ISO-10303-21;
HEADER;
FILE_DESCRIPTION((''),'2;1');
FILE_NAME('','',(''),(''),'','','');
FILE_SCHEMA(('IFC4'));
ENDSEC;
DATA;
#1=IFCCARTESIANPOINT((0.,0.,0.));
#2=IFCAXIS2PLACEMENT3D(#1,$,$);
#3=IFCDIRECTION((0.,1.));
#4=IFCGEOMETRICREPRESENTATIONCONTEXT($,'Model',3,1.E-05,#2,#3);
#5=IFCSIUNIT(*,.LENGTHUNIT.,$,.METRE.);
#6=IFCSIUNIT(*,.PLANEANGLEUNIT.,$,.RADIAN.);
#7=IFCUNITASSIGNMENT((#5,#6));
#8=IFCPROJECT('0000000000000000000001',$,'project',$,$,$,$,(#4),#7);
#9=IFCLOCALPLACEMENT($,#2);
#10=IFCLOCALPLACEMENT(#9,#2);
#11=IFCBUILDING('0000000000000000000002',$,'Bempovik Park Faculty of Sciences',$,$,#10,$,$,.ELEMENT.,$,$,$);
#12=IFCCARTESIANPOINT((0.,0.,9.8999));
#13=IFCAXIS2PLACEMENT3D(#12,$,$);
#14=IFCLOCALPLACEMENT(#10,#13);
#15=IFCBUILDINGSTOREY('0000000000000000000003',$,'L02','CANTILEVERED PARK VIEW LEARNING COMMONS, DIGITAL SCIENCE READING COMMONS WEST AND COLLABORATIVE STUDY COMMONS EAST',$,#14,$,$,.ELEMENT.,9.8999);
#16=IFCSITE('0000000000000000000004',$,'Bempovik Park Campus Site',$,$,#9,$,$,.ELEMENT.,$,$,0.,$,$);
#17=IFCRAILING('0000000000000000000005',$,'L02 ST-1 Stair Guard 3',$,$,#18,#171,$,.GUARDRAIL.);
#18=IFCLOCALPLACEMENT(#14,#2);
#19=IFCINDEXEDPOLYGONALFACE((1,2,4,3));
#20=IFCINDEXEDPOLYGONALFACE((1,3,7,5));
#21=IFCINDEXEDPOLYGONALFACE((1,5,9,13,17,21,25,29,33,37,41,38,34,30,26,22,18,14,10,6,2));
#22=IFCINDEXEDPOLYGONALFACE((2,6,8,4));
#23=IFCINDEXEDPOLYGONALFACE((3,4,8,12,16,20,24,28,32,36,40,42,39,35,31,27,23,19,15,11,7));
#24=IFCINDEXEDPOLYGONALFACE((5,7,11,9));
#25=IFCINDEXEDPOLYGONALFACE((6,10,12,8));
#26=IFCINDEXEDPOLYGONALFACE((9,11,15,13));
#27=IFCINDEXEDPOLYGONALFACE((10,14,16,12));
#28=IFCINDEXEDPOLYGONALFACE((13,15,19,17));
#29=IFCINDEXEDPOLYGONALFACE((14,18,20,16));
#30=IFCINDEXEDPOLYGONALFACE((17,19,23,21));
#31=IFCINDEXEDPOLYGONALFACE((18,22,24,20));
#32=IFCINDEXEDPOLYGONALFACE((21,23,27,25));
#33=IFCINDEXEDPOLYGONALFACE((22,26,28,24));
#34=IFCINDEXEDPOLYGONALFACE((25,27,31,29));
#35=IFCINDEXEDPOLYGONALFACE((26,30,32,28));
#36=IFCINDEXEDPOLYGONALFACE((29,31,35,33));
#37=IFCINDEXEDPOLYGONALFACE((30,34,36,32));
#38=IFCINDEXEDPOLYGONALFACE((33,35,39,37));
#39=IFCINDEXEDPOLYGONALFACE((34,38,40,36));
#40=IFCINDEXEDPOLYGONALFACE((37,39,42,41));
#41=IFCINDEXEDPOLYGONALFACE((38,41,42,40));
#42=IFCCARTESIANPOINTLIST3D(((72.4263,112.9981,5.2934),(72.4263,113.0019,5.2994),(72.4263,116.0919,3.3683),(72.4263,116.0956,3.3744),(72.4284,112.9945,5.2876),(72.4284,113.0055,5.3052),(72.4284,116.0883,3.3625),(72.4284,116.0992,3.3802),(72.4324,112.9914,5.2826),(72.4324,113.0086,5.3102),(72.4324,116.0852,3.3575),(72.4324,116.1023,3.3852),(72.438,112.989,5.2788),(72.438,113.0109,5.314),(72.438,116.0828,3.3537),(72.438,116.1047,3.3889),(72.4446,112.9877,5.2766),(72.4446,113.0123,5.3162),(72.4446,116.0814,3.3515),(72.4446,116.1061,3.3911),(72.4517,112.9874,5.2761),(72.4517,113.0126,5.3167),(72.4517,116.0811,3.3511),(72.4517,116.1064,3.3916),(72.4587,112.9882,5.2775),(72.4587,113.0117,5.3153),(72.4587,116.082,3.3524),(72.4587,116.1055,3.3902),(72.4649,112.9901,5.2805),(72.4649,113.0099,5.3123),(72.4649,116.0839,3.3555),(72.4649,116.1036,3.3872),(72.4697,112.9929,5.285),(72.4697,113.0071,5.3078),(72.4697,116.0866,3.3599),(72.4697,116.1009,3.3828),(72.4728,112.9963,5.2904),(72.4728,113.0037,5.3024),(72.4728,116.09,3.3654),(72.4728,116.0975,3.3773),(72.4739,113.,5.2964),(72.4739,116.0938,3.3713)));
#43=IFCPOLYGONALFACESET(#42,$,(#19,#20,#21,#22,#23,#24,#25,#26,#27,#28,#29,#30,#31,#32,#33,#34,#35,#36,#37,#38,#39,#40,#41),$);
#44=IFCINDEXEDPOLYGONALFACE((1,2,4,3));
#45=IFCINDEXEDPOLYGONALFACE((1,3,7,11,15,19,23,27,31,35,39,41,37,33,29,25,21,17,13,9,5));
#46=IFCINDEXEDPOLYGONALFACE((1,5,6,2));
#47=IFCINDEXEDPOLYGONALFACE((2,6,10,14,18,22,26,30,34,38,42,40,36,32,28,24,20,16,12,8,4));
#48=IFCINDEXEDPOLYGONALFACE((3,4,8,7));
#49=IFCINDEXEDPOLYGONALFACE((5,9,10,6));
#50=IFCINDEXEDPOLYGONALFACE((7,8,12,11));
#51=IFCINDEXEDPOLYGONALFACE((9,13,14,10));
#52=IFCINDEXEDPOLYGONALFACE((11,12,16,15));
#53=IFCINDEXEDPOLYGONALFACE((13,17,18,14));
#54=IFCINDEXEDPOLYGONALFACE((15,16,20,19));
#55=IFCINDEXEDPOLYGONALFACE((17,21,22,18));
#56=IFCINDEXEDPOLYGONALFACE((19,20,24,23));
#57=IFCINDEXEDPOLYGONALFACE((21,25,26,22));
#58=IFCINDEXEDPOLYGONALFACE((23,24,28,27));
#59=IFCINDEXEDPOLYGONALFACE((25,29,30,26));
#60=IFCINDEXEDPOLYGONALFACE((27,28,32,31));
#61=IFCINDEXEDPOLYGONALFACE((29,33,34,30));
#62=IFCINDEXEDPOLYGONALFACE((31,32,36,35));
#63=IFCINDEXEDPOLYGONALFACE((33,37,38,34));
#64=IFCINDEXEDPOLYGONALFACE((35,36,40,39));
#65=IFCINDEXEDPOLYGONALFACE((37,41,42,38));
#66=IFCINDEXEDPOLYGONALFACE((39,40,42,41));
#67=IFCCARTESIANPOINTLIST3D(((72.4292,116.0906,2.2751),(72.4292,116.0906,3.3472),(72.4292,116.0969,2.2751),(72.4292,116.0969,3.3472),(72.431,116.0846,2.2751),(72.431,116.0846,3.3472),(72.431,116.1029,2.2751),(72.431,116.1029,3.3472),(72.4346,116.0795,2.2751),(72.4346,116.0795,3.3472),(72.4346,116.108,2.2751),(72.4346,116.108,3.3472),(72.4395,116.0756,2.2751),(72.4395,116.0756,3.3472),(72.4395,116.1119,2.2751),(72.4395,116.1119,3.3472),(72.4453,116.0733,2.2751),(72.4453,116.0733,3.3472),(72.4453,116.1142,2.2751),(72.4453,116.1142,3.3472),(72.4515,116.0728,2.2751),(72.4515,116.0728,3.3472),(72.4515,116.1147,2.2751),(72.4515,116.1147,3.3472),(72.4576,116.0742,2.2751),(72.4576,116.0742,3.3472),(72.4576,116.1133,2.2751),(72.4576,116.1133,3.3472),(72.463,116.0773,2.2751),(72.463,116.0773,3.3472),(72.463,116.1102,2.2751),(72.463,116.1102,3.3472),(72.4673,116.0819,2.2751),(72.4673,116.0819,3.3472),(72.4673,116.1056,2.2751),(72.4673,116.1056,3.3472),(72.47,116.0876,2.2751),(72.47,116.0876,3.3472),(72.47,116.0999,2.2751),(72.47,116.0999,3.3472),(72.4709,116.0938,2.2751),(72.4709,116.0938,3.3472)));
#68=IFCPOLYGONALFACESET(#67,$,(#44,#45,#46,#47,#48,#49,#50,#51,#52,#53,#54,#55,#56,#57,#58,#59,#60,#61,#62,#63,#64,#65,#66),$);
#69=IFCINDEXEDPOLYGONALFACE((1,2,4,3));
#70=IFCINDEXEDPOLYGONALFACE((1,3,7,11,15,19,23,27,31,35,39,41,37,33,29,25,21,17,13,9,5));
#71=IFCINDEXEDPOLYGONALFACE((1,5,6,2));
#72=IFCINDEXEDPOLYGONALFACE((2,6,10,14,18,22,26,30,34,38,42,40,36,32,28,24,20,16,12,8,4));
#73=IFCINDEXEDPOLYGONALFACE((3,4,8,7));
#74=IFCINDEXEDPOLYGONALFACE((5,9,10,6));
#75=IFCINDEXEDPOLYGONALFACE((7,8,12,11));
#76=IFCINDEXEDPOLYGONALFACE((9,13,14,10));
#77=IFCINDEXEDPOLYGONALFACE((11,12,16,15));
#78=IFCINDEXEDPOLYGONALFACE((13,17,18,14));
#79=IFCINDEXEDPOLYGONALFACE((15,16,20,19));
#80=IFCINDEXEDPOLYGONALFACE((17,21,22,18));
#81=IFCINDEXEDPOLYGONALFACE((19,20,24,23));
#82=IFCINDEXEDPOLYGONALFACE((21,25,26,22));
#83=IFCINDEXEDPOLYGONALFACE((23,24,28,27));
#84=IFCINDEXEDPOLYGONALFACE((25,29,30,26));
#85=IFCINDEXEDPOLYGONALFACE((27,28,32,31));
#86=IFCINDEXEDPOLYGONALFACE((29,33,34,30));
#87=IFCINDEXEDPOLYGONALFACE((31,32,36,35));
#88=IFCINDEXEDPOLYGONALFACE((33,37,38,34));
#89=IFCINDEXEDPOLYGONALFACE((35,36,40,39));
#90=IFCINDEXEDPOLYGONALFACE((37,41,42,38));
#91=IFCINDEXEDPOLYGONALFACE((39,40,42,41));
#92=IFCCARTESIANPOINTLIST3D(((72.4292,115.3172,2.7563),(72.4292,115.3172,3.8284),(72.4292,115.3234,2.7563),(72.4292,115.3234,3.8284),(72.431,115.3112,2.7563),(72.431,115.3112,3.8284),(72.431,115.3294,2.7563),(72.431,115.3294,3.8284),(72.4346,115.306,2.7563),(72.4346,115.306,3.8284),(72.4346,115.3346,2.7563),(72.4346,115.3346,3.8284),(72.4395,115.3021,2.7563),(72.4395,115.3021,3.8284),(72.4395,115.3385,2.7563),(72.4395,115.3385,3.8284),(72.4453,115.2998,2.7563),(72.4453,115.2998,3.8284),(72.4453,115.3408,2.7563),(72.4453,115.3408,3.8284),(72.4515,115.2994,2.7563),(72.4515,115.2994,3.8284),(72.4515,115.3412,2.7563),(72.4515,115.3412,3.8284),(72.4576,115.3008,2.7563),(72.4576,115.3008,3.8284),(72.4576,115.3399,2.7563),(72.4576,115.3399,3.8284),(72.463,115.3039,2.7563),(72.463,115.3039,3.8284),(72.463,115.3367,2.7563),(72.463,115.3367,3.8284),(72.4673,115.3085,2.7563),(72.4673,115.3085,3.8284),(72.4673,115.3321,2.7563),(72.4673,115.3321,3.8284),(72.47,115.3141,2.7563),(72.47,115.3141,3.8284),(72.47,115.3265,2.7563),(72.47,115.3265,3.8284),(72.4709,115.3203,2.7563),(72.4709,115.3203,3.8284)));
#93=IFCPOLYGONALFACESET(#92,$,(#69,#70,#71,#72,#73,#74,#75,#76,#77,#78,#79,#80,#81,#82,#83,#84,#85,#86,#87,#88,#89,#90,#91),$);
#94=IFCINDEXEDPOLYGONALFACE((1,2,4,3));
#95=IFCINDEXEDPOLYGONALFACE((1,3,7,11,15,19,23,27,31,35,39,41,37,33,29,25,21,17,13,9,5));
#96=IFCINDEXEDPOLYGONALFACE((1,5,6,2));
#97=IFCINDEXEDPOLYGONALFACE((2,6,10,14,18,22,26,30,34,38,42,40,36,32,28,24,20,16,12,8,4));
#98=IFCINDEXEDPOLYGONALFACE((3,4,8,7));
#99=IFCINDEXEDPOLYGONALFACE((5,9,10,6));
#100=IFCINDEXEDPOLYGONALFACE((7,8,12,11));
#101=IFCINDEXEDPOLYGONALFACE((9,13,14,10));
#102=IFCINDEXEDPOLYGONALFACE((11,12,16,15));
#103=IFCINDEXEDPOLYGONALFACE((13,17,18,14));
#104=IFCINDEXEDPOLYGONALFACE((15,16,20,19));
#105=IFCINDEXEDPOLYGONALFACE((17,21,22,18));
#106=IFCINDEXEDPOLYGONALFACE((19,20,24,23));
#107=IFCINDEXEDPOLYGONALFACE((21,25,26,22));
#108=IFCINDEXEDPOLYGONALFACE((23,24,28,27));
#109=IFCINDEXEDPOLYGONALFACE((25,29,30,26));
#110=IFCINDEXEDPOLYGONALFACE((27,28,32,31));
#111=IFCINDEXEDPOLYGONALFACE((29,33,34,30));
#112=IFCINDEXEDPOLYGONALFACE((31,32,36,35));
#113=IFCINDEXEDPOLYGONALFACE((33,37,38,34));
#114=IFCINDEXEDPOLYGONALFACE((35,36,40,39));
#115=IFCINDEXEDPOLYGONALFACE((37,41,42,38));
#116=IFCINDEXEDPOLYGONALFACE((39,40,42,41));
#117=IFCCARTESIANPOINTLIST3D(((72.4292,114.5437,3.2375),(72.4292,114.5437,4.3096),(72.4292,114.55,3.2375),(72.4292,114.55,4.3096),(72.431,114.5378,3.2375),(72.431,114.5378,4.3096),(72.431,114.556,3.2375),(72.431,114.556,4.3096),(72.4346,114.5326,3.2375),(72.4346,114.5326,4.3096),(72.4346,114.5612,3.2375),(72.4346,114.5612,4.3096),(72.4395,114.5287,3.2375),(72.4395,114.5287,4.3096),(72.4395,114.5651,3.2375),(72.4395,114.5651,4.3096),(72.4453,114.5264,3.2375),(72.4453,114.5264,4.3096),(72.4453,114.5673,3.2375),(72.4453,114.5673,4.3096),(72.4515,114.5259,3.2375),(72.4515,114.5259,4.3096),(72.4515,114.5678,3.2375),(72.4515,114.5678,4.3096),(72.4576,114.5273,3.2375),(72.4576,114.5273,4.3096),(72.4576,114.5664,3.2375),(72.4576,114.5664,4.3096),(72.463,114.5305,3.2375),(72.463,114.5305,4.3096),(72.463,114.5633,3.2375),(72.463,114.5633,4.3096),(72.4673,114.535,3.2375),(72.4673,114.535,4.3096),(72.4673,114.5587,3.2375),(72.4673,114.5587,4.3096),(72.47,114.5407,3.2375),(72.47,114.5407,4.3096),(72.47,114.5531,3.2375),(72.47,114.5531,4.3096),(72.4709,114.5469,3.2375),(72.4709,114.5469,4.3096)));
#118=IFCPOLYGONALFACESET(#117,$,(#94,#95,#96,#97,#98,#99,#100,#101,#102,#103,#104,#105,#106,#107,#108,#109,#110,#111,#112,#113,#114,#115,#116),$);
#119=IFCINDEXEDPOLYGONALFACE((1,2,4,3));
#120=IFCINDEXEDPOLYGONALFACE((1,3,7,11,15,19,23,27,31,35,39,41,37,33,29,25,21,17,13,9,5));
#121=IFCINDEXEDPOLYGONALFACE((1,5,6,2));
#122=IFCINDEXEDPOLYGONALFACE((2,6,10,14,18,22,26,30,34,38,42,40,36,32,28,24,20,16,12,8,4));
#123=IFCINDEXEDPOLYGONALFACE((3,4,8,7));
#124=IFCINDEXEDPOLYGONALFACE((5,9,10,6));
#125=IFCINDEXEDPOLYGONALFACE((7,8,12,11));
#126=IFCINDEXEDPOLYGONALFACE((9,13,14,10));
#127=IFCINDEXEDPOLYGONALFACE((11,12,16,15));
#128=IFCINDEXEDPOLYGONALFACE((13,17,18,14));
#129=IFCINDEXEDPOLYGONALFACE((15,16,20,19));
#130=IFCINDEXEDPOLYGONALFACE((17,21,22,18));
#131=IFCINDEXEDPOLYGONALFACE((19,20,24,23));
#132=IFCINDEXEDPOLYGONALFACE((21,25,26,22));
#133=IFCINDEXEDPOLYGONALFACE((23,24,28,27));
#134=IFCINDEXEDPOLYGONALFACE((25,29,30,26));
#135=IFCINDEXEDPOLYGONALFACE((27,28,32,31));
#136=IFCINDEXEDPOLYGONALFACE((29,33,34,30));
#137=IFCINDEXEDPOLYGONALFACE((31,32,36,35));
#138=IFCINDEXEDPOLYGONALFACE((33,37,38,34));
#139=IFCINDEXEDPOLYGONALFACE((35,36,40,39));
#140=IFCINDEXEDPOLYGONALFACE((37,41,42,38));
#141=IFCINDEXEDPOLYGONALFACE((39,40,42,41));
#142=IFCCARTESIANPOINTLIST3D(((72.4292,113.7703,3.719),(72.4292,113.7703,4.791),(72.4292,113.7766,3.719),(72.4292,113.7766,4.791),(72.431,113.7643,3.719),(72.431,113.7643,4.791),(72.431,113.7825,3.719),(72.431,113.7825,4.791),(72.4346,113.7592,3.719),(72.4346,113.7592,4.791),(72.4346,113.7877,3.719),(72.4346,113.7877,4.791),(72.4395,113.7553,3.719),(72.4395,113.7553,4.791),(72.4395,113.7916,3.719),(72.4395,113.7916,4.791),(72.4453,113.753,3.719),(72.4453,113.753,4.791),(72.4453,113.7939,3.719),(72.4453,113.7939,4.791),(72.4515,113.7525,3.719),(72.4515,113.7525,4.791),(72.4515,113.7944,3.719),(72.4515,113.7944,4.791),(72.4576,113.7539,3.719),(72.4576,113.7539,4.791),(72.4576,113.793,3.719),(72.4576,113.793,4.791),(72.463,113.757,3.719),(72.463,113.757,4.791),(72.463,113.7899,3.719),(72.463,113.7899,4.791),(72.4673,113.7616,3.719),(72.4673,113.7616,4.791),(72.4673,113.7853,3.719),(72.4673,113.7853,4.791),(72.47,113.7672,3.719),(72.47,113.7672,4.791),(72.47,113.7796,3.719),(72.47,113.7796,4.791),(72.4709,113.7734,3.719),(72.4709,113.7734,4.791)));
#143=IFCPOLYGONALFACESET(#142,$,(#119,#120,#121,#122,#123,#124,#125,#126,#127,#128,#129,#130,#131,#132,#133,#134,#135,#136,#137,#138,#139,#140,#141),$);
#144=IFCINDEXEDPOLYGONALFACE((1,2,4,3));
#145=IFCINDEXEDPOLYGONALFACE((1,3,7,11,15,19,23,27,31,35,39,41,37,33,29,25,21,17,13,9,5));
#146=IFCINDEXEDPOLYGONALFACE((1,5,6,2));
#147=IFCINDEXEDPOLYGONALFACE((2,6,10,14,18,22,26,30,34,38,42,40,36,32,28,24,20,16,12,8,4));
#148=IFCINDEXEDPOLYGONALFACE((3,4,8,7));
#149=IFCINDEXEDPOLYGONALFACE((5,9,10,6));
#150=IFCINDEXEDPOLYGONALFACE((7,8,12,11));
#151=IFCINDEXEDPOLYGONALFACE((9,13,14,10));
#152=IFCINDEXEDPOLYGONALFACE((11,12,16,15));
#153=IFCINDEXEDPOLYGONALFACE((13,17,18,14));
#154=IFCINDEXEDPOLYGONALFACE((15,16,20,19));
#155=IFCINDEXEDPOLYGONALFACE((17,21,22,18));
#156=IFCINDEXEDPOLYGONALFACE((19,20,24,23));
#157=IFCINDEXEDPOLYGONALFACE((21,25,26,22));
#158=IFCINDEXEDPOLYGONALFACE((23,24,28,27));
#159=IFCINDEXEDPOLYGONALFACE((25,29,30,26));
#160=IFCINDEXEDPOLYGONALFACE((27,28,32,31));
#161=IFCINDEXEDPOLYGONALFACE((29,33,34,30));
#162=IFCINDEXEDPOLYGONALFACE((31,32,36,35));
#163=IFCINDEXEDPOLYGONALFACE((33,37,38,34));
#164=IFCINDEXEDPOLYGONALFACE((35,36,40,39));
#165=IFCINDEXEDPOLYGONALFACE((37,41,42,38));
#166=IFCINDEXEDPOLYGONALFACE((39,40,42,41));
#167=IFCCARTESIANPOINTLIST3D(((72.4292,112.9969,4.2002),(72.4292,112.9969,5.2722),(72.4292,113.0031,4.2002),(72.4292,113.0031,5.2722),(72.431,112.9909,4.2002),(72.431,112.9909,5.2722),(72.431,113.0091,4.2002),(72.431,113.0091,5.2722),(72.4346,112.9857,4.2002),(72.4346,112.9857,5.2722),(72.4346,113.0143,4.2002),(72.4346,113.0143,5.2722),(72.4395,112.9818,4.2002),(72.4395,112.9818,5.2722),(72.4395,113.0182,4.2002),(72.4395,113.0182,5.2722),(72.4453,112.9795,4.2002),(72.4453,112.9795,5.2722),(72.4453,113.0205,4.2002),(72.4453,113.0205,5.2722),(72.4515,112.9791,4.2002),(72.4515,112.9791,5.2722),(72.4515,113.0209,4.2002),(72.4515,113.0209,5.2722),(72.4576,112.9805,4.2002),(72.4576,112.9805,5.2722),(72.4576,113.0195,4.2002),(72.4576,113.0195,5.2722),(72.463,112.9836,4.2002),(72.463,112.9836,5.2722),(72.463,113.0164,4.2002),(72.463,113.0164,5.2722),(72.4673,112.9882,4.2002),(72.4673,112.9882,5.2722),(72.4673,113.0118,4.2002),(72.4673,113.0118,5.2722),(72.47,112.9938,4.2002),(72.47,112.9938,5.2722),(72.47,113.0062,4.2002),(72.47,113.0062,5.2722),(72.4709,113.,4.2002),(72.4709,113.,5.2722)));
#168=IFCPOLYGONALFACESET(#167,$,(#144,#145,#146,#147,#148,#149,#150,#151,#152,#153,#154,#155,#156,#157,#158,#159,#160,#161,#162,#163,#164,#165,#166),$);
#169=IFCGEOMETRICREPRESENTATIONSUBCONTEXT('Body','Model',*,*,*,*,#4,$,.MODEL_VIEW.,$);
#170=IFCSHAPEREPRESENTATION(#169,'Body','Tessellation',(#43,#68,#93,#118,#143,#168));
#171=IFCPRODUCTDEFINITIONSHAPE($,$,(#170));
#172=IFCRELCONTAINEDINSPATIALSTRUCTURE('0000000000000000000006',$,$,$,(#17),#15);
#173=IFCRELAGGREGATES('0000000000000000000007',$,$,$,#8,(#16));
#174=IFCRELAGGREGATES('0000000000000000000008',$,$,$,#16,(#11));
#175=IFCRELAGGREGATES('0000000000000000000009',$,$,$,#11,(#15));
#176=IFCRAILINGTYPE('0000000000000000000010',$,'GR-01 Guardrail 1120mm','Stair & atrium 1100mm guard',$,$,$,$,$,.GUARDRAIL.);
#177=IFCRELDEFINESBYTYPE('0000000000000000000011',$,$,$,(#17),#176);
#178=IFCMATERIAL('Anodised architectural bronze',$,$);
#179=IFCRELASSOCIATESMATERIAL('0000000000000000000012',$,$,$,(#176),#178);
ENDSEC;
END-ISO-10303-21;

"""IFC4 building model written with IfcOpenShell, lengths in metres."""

from ifc_helpers import new_model, si_unit, direction, frame, origin, origin_2d, place, context, subcontext, project, spatial, circle, extrude, material, type_object, element, save


model = new_model("IFC4")

# Units and contexts
model_context = context("Model", 3, precision=1e-05, world=origin(), true_north=direction((0.0, 1.0)))
body_context = subcontext(model_context, "Body", "Model", "MODEL_VIEW")
ifc_project = project(units=[si_unit("LENGTHUNIT", "METRE"), si_unit("PLANEANGLEUNIT", "RADIAN")], contexts=[model_context])

# Site, building, storey
site_placement = place(None, origin())
site = spatial("IfcSite", under=ifc_project, at=site_placement, Name="Bempovik Park Campus Site", CompositionType="ELEMENT", RefElevation=0.0)
building_placement = place(site_placement, origin())
building = spatial("IfcBuilding", under=site, at=building_placement, Name="Bempovik Park Faculty of Sciences", CompositionType="ELEMENT")
storey_placement = place(building_placement, frame((0.0, 0.0, 9.8999)))
storey = spatial("IfcBuildingStorey", under=building, at=storey_placement, Name="L02", Description="CANTILEVERED PARK VIEW LEARNING COMMONS, DIGITAL SCIENCE READING COMMONS WEST AND COLLABORATIVE STUDY COMMONS EAST", CompositionType="ELEMENT", Elevation=9.8999)

# Shared definitions
ifc_material_1 = material(Name="Anodised architectural bronze")

# Railing
railing_type_1 = type_object("IfcRailingType", Name="GR-01 Guardrail 1120mm", Description="Stair & atrium 1100mm guard", PredefinedType="GUARDRAIL", material=ifc_material_1)
railing_1_placement = place(storey_placement, frame((72.45, 116.0938, 2.2751)))
element("IfcRailing", 1, at=railing_1_placement, inside=storey, type_object=railing_type_1, Name="L02 ST-1 Stair Guard 3", PredefinedType="GUARDRAIL", context=body_context, shape_type="SweptSolid", body=[
    extrude(circle(Radius=0.0239, at=origin_2d()), frame((0.0, 0.0, 1.0962), z_axis=(0.0, -0.849051, 0.528312), x_axis=(1.0, 0.0, 0.0)), (0.0, 0.0, 1.0), 3.6438),
    extrude(circle(Radius=0.021, at=origin_2d()), origin(), (0.0, 0.0, 1.0), 1.072),
    extrude(circle(Radius=0.021, at=origin_2d()), frame((0.0, -0.7734, 0.4812)), (0.0, 0.0, 1.0), 1.072),
    extrude(circle(Radius=0.021, at=origin_2d()), frame((0.0, -1.5469, 0.9624)), (0.0, 0.0, 1.0), 1.072),
    extrude(circle(Radius=0.021, at=origin_2d()), frame((0.0, -2.3203, 1.4438)), (0.0, 0.0, 1.0), 1.072),
    extrude(circle(Radius=0.021, at=origin_2d()), frame((0.0, -3.0938, 1.925)), (0.0, 0.0, 1.0), 1.072),
])

save(model, "model.ifc")
